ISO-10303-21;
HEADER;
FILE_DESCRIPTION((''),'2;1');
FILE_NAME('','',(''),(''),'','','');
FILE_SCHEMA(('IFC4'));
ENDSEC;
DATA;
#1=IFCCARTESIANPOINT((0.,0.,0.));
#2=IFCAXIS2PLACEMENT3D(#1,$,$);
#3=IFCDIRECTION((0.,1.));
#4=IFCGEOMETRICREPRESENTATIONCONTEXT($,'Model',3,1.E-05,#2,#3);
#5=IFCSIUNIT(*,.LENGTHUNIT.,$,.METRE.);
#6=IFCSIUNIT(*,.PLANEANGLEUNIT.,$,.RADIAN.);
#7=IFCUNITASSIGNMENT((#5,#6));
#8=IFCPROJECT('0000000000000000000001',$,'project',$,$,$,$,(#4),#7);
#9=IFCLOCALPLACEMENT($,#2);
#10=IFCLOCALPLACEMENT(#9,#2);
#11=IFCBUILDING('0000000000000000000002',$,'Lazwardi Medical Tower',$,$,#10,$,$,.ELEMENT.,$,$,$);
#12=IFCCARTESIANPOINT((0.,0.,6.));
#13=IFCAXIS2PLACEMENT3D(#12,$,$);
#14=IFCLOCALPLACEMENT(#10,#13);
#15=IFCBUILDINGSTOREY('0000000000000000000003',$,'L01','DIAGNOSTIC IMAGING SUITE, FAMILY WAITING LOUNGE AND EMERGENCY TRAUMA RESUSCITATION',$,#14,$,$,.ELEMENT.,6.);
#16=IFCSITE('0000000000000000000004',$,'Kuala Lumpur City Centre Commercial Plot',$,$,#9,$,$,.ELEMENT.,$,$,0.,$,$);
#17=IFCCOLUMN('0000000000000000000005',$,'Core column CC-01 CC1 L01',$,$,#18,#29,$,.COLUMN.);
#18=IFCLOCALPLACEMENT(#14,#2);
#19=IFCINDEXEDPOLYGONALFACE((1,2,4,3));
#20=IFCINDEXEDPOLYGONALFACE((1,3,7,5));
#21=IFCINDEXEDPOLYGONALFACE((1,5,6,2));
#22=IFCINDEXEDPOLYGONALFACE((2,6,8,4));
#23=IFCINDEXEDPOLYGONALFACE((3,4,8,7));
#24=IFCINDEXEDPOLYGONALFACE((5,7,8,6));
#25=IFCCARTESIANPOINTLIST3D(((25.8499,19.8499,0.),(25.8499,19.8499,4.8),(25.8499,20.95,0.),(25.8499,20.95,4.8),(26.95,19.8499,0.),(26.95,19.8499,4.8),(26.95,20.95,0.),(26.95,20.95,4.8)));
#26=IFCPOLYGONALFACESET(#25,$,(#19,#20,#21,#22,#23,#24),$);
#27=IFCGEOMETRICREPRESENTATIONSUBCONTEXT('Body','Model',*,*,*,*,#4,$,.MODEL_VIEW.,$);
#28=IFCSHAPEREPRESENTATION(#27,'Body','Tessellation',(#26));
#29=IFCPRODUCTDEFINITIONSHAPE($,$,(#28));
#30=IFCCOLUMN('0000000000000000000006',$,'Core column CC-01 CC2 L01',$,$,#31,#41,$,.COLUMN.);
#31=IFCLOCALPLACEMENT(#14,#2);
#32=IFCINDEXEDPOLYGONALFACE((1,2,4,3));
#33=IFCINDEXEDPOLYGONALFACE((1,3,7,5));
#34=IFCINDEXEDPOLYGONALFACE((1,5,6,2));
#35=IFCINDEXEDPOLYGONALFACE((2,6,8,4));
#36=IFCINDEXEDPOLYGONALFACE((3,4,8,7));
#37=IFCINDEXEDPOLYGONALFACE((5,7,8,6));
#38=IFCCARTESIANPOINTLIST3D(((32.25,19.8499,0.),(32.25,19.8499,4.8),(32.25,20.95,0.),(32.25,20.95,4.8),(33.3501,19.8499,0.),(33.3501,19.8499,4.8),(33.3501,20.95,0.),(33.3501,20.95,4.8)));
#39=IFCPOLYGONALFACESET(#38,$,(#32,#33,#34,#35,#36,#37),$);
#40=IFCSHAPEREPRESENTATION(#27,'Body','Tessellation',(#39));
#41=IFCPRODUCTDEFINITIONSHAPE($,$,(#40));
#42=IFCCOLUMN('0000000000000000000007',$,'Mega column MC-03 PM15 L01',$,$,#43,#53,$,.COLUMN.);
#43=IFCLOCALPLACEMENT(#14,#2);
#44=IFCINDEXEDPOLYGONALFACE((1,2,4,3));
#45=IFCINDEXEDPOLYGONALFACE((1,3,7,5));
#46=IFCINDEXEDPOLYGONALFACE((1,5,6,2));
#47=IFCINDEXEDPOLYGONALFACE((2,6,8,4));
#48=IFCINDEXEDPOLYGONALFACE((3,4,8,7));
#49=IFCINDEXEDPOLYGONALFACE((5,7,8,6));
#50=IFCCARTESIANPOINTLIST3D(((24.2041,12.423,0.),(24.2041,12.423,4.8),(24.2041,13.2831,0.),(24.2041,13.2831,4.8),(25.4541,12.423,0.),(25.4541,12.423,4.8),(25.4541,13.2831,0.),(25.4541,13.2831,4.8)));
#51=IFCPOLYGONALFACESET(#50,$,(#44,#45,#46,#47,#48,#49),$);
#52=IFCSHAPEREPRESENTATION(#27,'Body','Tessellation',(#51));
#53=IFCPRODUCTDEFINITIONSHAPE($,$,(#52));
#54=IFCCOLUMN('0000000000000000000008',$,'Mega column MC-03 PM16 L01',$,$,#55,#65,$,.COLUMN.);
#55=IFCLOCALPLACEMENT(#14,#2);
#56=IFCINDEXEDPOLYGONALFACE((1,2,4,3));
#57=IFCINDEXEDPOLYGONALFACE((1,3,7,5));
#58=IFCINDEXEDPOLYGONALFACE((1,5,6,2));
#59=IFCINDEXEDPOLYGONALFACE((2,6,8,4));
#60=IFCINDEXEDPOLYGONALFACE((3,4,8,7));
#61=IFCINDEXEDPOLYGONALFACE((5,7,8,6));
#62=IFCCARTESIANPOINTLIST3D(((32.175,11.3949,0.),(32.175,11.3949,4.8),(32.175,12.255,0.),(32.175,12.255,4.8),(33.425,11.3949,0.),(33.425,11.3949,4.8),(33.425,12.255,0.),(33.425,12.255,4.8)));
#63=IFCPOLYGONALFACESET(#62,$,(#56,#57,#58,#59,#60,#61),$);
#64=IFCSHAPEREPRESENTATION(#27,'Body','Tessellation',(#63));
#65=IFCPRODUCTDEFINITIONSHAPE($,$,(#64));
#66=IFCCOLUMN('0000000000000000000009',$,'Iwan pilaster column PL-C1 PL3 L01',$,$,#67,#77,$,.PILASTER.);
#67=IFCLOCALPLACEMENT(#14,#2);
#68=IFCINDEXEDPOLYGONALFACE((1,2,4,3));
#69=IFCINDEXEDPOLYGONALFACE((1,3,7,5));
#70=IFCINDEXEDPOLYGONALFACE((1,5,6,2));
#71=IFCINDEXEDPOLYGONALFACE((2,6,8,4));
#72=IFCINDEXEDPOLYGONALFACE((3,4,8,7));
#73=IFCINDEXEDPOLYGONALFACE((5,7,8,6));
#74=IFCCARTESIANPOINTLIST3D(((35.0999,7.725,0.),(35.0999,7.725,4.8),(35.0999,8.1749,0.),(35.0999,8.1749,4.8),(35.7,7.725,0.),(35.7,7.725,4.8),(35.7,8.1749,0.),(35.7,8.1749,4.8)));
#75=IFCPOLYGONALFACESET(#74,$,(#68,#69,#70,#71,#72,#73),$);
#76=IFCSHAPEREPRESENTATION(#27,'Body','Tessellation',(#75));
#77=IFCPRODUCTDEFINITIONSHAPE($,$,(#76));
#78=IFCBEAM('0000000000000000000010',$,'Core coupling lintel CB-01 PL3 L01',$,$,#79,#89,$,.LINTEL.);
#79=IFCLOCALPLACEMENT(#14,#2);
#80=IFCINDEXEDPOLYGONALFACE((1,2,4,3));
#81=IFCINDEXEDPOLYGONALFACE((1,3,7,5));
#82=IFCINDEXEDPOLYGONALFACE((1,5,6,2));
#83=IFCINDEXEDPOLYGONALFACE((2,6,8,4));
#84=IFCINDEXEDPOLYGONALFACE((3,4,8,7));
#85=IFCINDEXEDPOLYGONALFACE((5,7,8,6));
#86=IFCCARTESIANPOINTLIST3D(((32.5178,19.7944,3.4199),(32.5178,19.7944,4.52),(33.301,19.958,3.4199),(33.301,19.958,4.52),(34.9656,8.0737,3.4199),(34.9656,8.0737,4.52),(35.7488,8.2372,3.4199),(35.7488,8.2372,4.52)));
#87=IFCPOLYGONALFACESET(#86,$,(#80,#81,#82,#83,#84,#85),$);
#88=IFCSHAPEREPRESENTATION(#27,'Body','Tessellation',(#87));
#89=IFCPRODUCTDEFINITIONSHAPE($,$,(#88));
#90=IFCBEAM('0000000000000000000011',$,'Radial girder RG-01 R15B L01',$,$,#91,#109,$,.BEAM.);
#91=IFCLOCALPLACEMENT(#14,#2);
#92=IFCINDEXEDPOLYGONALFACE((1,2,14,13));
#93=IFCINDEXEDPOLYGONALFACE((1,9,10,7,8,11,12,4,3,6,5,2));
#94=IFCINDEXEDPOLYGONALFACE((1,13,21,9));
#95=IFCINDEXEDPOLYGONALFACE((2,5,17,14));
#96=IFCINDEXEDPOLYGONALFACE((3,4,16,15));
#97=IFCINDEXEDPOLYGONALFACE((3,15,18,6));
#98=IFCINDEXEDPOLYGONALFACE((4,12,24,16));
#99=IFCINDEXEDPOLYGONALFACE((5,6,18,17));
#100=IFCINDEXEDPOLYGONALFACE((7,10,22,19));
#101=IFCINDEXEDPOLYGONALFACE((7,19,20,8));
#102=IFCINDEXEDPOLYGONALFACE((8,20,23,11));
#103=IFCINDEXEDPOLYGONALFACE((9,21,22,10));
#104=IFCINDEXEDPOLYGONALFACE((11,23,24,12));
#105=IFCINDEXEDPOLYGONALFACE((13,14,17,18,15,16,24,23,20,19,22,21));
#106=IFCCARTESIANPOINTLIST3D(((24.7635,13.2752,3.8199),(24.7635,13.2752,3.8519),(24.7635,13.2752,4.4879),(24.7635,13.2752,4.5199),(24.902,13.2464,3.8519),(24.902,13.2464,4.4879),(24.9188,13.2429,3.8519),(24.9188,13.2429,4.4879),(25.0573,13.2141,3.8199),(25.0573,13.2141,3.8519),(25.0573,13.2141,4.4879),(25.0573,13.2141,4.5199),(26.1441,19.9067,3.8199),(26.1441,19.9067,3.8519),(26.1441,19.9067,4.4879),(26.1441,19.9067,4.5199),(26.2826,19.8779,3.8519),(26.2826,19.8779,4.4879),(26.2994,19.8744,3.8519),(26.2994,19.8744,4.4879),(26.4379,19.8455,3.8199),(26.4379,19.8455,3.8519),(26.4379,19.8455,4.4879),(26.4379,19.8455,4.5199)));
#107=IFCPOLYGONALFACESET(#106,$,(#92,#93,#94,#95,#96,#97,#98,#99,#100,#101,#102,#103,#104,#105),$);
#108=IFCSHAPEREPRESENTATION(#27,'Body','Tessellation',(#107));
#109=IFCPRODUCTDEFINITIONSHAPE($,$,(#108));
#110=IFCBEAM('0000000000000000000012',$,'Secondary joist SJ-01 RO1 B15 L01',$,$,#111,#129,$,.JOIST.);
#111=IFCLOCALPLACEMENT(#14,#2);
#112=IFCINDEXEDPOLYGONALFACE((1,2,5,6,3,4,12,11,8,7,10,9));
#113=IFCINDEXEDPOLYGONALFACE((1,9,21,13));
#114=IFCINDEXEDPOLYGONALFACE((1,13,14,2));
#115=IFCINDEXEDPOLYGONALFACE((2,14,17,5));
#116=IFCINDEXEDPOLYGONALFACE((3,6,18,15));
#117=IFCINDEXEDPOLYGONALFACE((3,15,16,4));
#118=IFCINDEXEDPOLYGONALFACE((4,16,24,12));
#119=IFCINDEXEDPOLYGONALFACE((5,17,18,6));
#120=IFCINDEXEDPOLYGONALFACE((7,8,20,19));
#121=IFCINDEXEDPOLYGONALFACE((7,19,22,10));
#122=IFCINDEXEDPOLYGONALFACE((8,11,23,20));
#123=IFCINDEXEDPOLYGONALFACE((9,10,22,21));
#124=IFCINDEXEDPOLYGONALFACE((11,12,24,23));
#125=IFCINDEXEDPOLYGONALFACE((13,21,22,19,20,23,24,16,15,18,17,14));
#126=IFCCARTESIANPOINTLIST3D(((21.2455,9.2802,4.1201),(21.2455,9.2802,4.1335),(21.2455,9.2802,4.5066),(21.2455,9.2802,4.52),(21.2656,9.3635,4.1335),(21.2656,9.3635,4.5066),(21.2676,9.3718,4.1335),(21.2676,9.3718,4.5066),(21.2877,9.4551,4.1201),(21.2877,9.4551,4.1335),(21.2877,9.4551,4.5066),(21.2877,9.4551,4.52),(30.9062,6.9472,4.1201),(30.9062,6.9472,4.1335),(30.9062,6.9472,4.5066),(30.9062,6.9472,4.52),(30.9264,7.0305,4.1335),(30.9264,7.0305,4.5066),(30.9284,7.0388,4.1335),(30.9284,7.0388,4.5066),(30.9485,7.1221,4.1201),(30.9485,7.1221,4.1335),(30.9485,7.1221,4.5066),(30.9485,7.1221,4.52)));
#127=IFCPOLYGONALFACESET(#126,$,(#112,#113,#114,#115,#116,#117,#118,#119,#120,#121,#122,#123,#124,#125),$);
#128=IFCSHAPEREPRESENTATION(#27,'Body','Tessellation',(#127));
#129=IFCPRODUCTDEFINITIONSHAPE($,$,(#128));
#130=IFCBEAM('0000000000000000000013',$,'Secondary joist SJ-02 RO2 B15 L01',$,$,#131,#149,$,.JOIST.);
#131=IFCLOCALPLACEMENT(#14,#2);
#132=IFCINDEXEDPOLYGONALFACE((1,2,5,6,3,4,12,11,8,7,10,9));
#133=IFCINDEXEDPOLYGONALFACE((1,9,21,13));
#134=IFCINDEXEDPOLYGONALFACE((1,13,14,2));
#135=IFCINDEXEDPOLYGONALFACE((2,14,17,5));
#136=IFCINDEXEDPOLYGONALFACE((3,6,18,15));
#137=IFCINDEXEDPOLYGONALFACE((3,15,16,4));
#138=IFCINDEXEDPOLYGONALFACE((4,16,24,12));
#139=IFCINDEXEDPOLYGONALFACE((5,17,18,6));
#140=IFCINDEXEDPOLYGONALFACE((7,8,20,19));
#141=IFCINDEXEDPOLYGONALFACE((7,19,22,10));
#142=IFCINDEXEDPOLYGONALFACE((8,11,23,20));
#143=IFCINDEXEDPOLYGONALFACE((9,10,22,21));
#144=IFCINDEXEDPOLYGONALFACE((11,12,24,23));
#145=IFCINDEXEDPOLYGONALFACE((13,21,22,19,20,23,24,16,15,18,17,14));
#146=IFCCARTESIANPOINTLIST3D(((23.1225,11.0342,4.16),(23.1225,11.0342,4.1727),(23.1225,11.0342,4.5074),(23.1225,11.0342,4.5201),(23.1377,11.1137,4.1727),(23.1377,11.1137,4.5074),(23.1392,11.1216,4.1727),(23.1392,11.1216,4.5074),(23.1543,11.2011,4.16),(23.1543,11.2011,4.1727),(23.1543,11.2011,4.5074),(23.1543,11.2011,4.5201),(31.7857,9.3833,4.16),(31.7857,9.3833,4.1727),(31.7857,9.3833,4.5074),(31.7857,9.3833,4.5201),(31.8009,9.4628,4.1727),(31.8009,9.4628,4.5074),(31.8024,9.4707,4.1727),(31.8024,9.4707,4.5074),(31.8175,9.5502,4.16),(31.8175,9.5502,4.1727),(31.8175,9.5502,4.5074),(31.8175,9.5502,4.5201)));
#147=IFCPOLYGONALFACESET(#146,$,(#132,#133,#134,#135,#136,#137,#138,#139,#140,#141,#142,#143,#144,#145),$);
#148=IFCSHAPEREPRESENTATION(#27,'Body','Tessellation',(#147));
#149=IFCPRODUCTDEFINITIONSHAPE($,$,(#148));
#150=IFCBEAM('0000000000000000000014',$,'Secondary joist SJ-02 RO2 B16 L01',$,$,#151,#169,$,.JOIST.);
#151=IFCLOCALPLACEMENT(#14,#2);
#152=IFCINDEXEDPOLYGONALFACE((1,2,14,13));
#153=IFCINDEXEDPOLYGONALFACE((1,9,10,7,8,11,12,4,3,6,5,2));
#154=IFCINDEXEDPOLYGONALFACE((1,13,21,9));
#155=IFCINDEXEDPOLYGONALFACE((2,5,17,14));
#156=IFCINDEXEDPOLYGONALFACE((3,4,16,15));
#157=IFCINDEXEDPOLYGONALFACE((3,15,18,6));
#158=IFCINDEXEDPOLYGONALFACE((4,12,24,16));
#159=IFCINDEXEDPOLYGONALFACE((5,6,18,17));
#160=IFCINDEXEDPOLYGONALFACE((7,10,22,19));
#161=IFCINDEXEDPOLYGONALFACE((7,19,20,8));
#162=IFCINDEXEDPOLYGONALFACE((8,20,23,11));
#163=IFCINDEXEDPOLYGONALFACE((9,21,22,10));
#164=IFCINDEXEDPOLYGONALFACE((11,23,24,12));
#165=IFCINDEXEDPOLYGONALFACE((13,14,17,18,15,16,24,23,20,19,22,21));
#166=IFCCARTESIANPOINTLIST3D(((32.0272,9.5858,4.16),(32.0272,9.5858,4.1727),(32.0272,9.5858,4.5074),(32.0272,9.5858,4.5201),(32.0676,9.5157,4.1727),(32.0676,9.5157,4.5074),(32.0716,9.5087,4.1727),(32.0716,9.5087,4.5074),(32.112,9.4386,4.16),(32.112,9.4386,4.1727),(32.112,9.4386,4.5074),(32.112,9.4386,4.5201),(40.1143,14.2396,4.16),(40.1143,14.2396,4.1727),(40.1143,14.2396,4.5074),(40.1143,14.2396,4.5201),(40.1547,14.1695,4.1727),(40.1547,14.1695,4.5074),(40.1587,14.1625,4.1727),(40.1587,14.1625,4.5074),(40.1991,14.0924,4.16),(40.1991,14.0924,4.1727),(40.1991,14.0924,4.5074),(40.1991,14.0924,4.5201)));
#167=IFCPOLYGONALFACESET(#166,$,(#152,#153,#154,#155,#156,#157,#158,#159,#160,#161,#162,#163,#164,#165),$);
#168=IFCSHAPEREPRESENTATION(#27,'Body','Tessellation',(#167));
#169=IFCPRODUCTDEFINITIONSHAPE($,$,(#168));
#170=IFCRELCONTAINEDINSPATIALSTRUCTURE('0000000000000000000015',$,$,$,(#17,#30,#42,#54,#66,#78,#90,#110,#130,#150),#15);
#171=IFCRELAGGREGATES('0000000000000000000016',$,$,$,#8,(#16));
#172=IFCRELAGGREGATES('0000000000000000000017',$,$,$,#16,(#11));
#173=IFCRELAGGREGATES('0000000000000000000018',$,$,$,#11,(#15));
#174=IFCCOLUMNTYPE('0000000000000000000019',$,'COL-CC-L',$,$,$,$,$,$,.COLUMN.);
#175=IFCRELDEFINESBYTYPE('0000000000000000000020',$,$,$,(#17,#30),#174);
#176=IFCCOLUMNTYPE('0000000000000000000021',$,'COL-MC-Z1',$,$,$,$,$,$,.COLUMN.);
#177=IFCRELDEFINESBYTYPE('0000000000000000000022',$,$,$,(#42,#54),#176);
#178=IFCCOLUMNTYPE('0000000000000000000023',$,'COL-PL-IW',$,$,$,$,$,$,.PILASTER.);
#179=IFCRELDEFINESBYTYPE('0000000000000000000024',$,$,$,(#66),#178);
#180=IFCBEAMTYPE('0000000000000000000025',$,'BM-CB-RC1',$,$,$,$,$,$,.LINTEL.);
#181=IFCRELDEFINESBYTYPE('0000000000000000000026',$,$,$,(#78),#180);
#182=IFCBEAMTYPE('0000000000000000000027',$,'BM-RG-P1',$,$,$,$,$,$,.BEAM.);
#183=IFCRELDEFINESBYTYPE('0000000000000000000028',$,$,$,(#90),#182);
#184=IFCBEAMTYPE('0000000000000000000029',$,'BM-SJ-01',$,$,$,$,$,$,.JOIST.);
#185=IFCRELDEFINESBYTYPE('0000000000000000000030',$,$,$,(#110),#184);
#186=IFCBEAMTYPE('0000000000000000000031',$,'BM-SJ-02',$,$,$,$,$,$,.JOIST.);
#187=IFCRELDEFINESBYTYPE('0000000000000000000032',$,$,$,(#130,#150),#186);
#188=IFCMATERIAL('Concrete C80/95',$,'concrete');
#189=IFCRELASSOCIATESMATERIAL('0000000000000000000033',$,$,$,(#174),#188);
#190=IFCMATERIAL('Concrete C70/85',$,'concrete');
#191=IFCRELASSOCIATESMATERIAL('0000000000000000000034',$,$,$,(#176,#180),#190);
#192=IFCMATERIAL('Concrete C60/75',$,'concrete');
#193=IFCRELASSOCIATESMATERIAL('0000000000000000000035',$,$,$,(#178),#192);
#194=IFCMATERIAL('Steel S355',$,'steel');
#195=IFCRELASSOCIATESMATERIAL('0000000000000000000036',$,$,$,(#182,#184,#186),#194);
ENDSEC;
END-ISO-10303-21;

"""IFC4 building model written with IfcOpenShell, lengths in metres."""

from ifc_helpers import new_model, si_unit, direction, frame, origin, origin_2d, place, context, subcontext, project, spatial, rectangle, i_section, extrude, material, material_profile, profile_set, type_object, element, save


model = new_model("IFC4")

# Units and contexts
model_context = context("Model", 3, precision=1e-05, world=origin(), true_north=direction((0.0, 1.0)))
body_context = subcontext(model_context, "Body", "Model", "MODEL_VIEW")
ifc_project = project(units=[si_unit("LENGTHUNIT", "METRE"), si_unit("PLANEANGLEUNIT", "RADIAN")], contexts=[model_context])

# Site, building, storey
site_placement = place(None, origin())
site = spatial("IfcSite", under=ifc_project, at=site_placement, Name="Kuala Lumpur City Centre Commercial Plot", CompositionType="ELEMENT", RefElevation=0.0)
building_placement = place(site_placement, origin())
building = spatial("IfcBuilding", under=site, at=building_placement, Name="Lazwardi Medical Tower", CompositionType="ELEMENT")
storey_placement = place(building_placement, frame((0.0, 0.0, 6.0)))
storey = spatial("IfcBuildingStorey", under=building, at=storey_placement, Name="L01", Description="DIAGNOSTIC IMAGING SUITE, FAMILY WAITING LOUNGE AND EMERGENCY TRAUMA RESUSCITATION", CompositionType="ELEMENT", Elevation=6.0)

# Columns
ifc_material_1 = material(Name="Concrete C80/95", Category="concrete")
ifc_material_profile_1 = material_profile(ifc_material_1, rectangle(XDim=1.1001, YDim=1.1001, at=origin_2d()), Name="RC 1100x1100")
ifc_profile_set_1 = profile_set([ifc_material_profile_1], Name="Concrete C80/95")
column_type_1 = type_object("IfcColumnType", Name="COL-CC-L", PredefinedType="COLUMN", material=ifc_profile_set_1)
for number, where, z_axis, x_axis, name in (
    (1, (26.3999, 20.3999, 0.0), (0.0, 0.0, 1.0), (1.0, 0.0, 0.0), "Core column CC-01 CC1 L01"),
    (2, (32.8, 20.3999, 0.0), (0.0, 0.0, 1.0), (1.0, 0.0, 0.0), "Core column CC-01 CC2 L01"),
):
    element("IfcColumn", number, at=place(storey_placement, frame(where, z_axis=z_axis, x_axis=x_axis)), inside=storey, type_object=column_type_1, Name=name, PredefinedType="COLUMN", context=body_context, shape_type="SweptSolid", body=[
        extrude(rectangle(XDim=1.1001, YDim=1.1001, at=origin_2d()), origin(), (0.0, 0.0, 1.0), 4.8),
    ])
ifc_material_2 = material(Name="Concrete C70/85", Category="concrete")
ifc_material_profile_2 = material_profile(ifc_material_2, rectangle(XDim=1.25, YDim=0.8601, at=origin_2d()), Name="CFT-RECT 1250x860")
ifc_profile_set_2 = profile_set([ifc_material_profile_2], Name="Concrete C70/85")
column_type_2 = type_object("IfcColumnType", Name="COL-MC-Z1", PredefinedType="COLUMN", material=ifc_profile_set_2)
for number, where, z_axis, x_axis, name in (
    (3, (24.8291, 12.853, 0.0), (0.0, 0.0, 1.0), (1.0, 0.0, 0.0), "Mega column MC-03 PM15 L01"),
    (4, (32.8, 11.825, 0.0), (0.0, 0.0, 1.0), (1.0, 0.0, 0.0), "Mega column MC-03 PM16 L01"),
):
    element("IfcColumn", number, at=place(storey_placement, frame(where, z_axis=z_axis, x_axis=x_axis)), inside=storey, type_object=column_type_2, Name=name, PredefinedType="COLUMN", context=body_context, shape_type="SweptSolid", body=[
        extrude(rectangle(XDim=1.25, YDim=0.8601, at=origin_2d()), origin(), (0.0, 0.0, 1.0), 4.8),
    ])
ifc_material_3 = material(Name="Concrete C60/75", Category="concrete")
ifc_material_profile_3 = material_profile(ifc_material_3, rectangle(XDim=0.6001, YDim=0.45, at=origin_2d()), Name="RC 600x450")
ifc_profile_set_3 = profile_set([ifc_material_profile_3], Name="Concrete C60/75")
column_type_3 = type_object("IfcColumnType", Name="COL-PL-IW", PredefinedType="PILASTER", material=ifc_profile_set_3)
column_placement = place(storey_placement, frame((35.3999, 7.95, 0.0), z_axis=(0.0, 0.0, 1.0), x_axis=(1.0, 0.0, 0.0)))
element("IfcColumn", 5, at=column_placement, inside=storey, type_object=column_type_3, Name="Iwan pilaster column PL-C1 PL3 L01", PredefinedType="PILASTER", context=body_context, shape_type="SweptSolid", body=[
    extrude(rectangle(XDim=0.6001, YDim=0.45, at=origin_2d()), origin(), (0.0, 0.0, 1.0), 4.8),
])

# Beams
ifc_material_profile_4 = material_profile(ifc_material_2, rectangle(XDim=0.8, YDim=1.1001, at=origin_2d()), Name="RC 800x1100")
ifc_profile_set_4 = profile_set([ifc_material_profile_4], Name="Concrete C70/85")
beam_type_1 = type_object("IfcBeamType", Name="BM-CB-RC1", PredefinedType="LINTEL", material=ifc_profile_set_4)
beam_1_placement = place(storey_placement, frame((32.9094, 19.8762, 3.97), z_axis=(0.20443, -0.978881, 0.0), x_axis=(0.978881, 0.20443, 0.0)))
element("IfcBeam", 6, at=beam_1_placement, inside=storey, type_object=beam_type_1, Name="Core coupling lintel CB-01 PL3 L01", PredefinedType="LINTEL", context=body_context, shape_type="SweptSolid", body=[
    extrude(rectangle(XDim=0.8, YDim=1.1001, at=origin_2d()), origin(), (0.0, 0.0, 1.0), 11.9736),
])
ifc_material_4 = material(Name="Steel S355", Category="steel")
ifc_material_profile_5 = material_profile(ifc_material_4, i_section(OverallWidth=0.3, OverallDepth=0.7, WebThickness=0.0171, FlangeThickness=0.032, at=origin_2d()), Name="HEB 700")
ifc_profile_set_5 = profile_set([ifc_material_profile_5], Name="Steel S355")
beam_type_2 = type_object("IfcBeamType", Name="BM-RG-P1", PredefinedType="BEAM", material=ifc_profile_set_5)
beam_2_placement = place(storey_placement, frame((24.9104, 13.2446, 4.1699), z_axis=(0.203818, 0.979009, 0.0), x_axis=(-0.979009, 0.203818, 0.0)))
element("IfcBeam", 7, at=beam_2_placement, inside=storey, type_object=beam_type_2, Name="Radial girder RG-01 R15B L01", PredefinedType="BEAM", context=body_context, shape_type="SweptSolid", body=[
    extrude(i_section(OverallWidth=0.3, OverallDepth=0.7, WebThickness=0.0171, FlangeThickness=0.032, at=origin_2d()), origin(), (0.0, 0.0, 1.0), 6.7737),
])
ifc_material_profile_6 = material_profile(ifc_material_4, i_section(OverallWidth=0.1799, OverallDepth=0.3999, WebThickness=0.0085, FlangeThickness=0.0134, at=origin_2d()), Name="IPE 400")
ifc_profile_set_6 = profile_set([ifc_material_profile_6], Name="Steel S355")
beam_type_3 = type_object("IfcBeamType", Name="BM-SJ-01", PredefinedType="JOIST", material=ifc_profile_set_6)
beam_3_placement = place(storey_placement, frame((21.2666, 9.3677, 4.3201), z_axis=(0.972056, -0.234748, 0.0), x_axis=(0.234748, 0.972056, 0.0)))
element("IfcBeam", 8, at=beam_3_placement, inside=storey, type_object=beam_type_3, Name="Secondary joist SJ-01 RO1 B15 L01", PredefinedType="JOIST", context=body_context, shape_type="SweptSolid", body=[
    extrude(i_section(OverallWidth=0.1799, OverallDepth=0.3999, WebThickness=0.0085, FlangeThickness=0.0134, at=origin_2d()), origin(), (0.0, 0.0, 1.0), 9.9385),
])
ifc_material_profile_7 = material_profile(ifc_material_4, i_section(OverallWidth=0.1699, OverallDepth=0.3601, WebThickness=0.0081, FlangeThickness=0.0127, at=origin_2d()), Name="IPE 360")
ifc_profile_set_7 = profile_set([ifc_material_profile_7], Name="Steel S355")
beam_type_4 = type_object("IfcBeamType", Name="BM-SJ-02", PredefinedType="JOIST", material=ifc_profile_set_7)
beam_4_placement = place(storey_placement, frame((23.1384, 11.1177, 4.3401), z_axis=(0.982323, -0.187196, 0.0), x_axis=(0.187196, 0.982323, 0.0)))
element("IfcBeam", 9, at=beam_4_placement, inside=storey, type_object=beam_type_4, Name="Secondary joist SJ-02 RO2 B15 L01", PredefinedType="JOIST", context=body_context, shape_type="SweptSolid", body=[
    extrude(i_section(OverallWidth=0.1699, OverallDepth=0.3601, WebThickness=0.0081, FlangeThickness=0.0127, at=origin_2d()), origin(), (0.0, 0.0, 1.0), 8.8191),
])
beam_5_placement = place(storey_placement, frame((32.0696, 9.5122, 4.3401), z_axis=(0.866735, 0.498769, 0.0), x_axis=(-0.498769, 0.866735, 0.0)))
element("IfcBeam", 10, at=beam_5_placement, inside=storey, type_object=beam_type_4, Name="Secondary joist SJ-02 RO2 B16 L01", PredefinedType="JOIST", context=body_context, shape_type="SweptSolid", body=[
    extrude(i_section(OverallWidth=0.1699, OverallDepth=0.3601, WebThickness=0.0081, FlangeThickness=0.0127, at=origin_2d()), origin(), (0.0, 0.0, 1.0), 9.3306),
])

save(model, "model.ifc")
